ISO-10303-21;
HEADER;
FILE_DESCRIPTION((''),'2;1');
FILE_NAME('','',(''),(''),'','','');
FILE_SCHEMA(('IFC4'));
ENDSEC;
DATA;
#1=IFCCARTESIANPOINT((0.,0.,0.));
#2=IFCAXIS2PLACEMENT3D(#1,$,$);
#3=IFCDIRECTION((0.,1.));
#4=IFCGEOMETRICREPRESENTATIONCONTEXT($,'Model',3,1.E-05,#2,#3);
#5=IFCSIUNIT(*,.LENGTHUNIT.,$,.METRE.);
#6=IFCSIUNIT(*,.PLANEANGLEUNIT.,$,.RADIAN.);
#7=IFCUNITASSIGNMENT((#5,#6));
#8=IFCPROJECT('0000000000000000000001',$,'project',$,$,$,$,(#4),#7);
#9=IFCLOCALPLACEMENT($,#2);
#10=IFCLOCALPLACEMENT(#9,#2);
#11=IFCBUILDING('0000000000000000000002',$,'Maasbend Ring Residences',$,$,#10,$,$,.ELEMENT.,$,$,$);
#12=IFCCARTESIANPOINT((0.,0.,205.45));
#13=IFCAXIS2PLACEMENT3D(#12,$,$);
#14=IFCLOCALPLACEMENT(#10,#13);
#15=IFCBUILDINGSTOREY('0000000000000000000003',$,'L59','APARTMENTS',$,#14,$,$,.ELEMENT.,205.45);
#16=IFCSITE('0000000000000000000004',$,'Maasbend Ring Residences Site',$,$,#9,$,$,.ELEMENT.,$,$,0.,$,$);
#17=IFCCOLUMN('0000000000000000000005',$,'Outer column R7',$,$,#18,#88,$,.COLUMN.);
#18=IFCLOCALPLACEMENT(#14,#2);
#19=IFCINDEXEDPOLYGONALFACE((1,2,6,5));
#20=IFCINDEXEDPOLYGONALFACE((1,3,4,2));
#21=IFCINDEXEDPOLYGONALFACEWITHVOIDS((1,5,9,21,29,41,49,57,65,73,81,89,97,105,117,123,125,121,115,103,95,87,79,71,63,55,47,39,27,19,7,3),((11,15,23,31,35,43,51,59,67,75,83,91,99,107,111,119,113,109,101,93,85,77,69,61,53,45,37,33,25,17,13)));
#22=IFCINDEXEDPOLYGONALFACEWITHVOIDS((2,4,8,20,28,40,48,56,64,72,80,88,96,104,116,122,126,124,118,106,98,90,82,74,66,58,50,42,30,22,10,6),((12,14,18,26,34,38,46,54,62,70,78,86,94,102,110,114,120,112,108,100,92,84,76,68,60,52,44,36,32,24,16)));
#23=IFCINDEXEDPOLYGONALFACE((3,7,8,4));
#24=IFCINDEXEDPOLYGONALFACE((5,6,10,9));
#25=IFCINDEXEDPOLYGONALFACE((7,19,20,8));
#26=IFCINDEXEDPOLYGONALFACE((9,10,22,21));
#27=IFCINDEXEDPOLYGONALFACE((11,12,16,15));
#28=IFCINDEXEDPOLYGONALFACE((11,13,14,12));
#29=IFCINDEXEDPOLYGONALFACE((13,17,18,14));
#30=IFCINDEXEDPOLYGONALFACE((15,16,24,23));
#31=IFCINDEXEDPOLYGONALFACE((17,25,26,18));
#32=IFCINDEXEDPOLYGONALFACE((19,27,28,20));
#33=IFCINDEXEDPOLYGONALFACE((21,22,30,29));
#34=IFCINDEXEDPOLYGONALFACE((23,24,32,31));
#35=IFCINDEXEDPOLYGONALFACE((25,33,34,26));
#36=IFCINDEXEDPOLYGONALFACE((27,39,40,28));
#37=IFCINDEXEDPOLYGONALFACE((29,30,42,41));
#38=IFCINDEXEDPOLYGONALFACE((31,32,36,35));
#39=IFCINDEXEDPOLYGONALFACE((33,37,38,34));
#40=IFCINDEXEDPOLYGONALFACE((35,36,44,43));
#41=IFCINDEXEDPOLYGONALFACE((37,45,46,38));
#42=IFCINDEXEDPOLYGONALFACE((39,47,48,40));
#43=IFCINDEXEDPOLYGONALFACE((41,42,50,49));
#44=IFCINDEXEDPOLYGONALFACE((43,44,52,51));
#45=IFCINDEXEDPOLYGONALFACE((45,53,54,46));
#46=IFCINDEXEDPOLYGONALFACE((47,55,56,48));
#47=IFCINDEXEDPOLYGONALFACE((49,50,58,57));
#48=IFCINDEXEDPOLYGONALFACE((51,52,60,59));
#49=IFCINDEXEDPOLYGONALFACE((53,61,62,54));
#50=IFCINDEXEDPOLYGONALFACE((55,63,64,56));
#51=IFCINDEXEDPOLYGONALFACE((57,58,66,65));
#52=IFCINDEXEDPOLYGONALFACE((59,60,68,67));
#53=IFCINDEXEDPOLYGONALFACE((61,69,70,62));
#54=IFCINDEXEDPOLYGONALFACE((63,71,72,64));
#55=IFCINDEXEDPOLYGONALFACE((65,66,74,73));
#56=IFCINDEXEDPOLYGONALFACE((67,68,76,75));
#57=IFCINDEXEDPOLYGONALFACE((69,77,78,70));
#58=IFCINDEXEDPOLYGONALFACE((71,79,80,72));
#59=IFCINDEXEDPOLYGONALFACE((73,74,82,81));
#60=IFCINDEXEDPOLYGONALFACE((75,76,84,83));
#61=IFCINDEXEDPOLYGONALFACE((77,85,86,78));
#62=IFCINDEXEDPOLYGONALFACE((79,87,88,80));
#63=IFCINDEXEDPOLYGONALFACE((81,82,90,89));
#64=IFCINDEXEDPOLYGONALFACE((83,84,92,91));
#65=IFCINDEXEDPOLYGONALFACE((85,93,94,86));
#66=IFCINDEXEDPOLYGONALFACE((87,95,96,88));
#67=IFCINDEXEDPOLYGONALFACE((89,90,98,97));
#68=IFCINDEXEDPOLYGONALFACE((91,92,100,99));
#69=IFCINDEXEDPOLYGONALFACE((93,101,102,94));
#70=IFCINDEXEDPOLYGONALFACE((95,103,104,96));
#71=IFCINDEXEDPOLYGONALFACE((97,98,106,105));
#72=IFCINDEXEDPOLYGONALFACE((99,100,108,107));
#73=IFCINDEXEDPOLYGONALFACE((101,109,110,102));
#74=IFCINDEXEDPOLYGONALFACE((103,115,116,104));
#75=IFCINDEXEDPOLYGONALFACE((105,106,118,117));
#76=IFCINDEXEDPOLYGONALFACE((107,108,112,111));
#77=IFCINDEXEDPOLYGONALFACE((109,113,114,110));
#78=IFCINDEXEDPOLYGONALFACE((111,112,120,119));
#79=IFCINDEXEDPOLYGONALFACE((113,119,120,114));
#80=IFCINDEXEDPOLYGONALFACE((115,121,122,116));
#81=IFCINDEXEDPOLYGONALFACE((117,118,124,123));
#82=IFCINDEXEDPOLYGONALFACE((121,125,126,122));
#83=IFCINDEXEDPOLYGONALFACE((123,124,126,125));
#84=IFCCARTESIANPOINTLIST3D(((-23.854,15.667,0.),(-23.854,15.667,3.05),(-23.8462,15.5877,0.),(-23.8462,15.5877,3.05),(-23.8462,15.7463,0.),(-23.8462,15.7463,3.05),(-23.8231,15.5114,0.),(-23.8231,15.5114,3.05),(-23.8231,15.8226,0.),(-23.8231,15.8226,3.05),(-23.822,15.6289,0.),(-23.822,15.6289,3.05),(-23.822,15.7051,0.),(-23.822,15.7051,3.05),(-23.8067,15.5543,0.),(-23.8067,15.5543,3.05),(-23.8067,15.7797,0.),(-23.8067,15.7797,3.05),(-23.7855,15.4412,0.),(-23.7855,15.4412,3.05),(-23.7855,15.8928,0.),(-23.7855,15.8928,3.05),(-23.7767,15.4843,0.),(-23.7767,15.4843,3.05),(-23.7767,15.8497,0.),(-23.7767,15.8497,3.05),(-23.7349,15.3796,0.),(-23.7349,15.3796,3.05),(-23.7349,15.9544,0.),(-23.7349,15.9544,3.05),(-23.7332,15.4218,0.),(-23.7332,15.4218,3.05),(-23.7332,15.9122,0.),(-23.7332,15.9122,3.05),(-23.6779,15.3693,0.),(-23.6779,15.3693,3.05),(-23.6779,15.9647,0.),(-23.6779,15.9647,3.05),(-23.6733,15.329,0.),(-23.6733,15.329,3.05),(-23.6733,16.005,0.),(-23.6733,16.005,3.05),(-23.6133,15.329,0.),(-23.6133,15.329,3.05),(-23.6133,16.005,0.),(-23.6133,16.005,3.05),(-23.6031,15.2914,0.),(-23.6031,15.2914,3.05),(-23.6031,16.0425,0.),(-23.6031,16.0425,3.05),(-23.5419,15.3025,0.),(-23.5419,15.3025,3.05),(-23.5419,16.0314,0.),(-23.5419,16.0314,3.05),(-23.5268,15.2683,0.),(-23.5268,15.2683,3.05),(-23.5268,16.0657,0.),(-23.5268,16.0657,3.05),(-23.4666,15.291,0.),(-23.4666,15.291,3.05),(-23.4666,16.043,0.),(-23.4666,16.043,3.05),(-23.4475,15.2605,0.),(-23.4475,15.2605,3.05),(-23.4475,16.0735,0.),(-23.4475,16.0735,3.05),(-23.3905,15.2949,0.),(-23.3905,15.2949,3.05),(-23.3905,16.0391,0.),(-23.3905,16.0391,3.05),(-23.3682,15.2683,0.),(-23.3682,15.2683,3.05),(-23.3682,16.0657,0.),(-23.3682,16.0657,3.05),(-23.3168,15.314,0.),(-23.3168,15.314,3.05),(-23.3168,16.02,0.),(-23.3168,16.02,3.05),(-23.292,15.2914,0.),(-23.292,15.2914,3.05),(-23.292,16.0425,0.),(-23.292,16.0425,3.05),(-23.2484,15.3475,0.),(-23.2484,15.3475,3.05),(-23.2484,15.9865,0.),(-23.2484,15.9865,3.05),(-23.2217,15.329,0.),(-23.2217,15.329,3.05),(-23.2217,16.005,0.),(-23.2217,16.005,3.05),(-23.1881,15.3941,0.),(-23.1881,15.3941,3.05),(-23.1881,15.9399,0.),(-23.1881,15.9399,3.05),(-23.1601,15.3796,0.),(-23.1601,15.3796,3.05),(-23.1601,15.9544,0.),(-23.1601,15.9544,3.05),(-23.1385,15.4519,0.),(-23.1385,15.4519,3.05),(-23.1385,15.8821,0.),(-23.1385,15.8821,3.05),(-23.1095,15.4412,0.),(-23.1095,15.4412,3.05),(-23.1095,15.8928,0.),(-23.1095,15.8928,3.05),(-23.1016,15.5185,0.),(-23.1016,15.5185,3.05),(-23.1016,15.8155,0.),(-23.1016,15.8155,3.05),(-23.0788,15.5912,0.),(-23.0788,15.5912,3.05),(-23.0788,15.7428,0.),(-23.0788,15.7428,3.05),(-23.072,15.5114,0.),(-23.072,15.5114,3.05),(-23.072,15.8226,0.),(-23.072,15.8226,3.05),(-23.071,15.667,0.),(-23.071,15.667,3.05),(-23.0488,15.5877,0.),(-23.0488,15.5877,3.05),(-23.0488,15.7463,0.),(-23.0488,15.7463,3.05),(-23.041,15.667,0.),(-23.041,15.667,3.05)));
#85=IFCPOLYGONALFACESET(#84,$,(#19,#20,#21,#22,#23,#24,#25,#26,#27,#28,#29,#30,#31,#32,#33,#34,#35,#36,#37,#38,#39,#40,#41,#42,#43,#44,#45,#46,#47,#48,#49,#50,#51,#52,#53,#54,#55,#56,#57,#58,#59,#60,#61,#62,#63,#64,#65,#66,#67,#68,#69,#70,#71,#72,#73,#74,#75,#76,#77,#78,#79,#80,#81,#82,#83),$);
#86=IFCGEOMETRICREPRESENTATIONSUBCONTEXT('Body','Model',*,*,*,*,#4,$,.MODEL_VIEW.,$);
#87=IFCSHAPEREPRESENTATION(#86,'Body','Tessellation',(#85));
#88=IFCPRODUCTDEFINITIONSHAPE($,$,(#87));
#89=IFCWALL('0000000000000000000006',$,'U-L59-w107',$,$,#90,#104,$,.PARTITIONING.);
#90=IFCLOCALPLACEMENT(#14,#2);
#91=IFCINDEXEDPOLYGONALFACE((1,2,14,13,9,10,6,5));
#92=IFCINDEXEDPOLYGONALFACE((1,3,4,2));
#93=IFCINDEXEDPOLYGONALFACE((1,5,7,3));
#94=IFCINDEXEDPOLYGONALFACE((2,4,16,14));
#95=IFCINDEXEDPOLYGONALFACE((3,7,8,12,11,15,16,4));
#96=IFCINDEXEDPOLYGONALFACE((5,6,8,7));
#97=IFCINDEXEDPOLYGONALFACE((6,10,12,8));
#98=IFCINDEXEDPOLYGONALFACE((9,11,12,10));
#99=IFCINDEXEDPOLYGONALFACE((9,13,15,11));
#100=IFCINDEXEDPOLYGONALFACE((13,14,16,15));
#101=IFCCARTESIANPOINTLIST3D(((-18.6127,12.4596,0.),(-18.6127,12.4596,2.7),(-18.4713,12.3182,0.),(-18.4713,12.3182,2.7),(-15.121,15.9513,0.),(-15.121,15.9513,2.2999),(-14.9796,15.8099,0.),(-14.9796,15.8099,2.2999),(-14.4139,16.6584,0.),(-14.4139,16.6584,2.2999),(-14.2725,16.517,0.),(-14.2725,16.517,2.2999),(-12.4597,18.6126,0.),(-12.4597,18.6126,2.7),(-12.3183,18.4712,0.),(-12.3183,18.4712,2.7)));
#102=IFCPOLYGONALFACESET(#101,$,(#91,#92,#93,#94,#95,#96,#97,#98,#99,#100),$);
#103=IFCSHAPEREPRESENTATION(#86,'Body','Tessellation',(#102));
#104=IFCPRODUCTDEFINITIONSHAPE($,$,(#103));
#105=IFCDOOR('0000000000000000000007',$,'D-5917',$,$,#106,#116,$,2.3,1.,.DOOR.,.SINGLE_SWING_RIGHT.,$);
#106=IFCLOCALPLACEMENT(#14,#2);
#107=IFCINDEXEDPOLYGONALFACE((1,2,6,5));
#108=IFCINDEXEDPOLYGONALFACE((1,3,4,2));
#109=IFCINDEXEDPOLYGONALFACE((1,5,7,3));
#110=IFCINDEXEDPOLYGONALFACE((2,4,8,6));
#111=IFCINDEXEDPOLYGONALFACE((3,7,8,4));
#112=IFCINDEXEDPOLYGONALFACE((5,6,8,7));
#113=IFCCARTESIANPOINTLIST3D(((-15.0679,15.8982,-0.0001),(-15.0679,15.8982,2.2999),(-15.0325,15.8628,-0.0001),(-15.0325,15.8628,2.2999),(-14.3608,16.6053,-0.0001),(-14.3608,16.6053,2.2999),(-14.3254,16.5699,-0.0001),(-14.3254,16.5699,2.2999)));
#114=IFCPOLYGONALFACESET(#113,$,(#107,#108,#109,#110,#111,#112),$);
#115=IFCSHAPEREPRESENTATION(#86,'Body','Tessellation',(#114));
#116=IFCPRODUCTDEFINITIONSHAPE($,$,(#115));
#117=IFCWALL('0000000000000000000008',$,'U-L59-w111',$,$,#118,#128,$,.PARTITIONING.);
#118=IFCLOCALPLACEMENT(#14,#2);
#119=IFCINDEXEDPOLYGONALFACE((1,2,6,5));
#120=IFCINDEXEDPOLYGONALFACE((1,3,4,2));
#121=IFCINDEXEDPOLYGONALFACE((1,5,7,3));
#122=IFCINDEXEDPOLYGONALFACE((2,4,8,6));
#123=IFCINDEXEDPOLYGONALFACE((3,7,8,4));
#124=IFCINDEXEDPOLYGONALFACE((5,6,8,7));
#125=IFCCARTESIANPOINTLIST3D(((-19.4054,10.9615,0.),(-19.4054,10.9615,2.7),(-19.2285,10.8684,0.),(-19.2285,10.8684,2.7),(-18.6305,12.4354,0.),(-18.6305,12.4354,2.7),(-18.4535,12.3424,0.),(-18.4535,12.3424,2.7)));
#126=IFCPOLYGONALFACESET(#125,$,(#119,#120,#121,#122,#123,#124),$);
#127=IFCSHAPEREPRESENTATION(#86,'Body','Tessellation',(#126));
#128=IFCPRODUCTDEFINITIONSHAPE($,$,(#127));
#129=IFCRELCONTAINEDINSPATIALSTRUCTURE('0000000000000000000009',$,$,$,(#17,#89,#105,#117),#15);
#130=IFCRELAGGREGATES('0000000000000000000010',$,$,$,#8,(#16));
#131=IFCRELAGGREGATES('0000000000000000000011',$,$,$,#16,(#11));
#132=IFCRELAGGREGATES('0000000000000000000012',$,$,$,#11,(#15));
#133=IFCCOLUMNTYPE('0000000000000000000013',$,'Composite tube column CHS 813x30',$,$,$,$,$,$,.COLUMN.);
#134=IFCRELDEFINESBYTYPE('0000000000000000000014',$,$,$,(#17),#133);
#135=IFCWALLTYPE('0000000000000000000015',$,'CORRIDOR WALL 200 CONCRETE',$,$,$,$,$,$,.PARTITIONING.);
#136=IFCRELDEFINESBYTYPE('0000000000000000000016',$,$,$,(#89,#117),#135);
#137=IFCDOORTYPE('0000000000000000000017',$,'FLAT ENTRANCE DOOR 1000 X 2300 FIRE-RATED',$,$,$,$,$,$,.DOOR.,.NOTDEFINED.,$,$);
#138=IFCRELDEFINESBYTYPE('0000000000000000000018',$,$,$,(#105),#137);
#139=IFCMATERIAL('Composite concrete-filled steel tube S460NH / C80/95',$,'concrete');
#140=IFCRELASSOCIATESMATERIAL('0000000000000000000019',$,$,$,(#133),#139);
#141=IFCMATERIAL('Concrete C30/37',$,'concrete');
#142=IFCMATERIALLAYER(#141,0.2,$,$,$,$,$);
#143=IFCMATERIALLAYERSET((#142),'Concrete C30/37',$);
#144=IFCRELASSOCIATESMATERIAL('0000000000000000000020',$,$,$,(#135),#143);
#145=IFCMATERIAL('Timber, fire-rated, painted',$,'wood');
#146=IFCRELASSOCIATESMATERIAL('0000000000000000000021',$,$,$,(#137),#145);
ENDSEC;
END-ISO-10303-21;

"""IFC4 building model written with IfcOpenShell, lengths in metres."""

from ifc_helpers import new_model, si_unit, direction, frame, frame_2d, origin, origin_2d, place, context, subcontext, project, spatial, rectangle, hollow_circle, extrude, material, layer, layer_set, material_profile, profile_set, type_object, element, fill, save


model = new_model("IFC4")

# Units and contexts
model_context = context("Model", 3, precision=1e-05, world=origin(), true_north=direction((0.0, 1.0)))
body_context = subcontext(model_context, "Body", "Model", "MODEL_VIEW")
ifc_project = project(units=[si_unit("LENGTHUNIT", "METRE"), si_unit("PLANEANGLEUNIT", "RADIAN")], contexts=[model_context])

# Site, building, storey
site_placement = place(None, origin())
site = spatial("IfcSite", under=ifc_project, at=site_placement, Name="Maasbend Ring Residences Site", CompositionType="ELEMENT", RefElevation=0.0)
building_placement = place(site_placement, origin())
building = spatial("IfcBuilding", under=site, at=building_placement, Name="Maasbend Ring Residences", CompositionType="ELEMENT")
storey_placement = place(building_placement, frame((0.0, 0.0, 205.45)))
storey = spatial("IfcBuildingStorey", under=building, at=storey_placement, Name="L59", Description="APARTMENTS", CompositionType="ELEMENT", Elevation=205.45)

# Column
ifc_material_1 = material(Name="Composite concrete-filled steel tube S460NH / C80/95", Category="concrete")
ifc_material_profile = material_profile(ifc_material_1, hollow_circle(Radius=0.4065, WallThickness=0.03, at=origin_2d()), Name="Composite tube column CHS 813x30")
ifc_profile_set = profile_set([ifc_material_profile], Name="Composite concrete-filled steel tube S460NH / C80/95")
column_type = type_object("IfcColumnType", Name="Composite tube column CHS 813x30", PredefinedType="COLUMN", material=ifc_profile_set)
column_placement = place(storey_placement, frame((-23.4475, 15.667, 0.0), z_axis=(0.0, 0.0, 1.0), x_axis=(1.0, 0.0, 0.0)))
element("IfcColumn", 1, at=column_placement, inside=storey, type_object=column_type, Name="Outer column R7", PredefinedType="COLUMN", context=body_context, shape_type="SweptSolid", body=[
    extrude(hollow_circle(Radius=0.4065, WallThickness=0.03, at=origin_2d()), origin(), (0.0, 0.0, 1.0), 3.05),
])

# Wall, opening, door
ifc_material_2 = material(Name="Concrete C30/37", Category="concrete")
ifc_layer_1 = layer(ifc_material_2, 0.2)
ifc_layer_set_1 = layer_set([ifc_layer_1], Name="Concrete C30/37")
wall_type_1 = type_object("IfcWallType", Name="CORRIDOR WALL 200 CONCRETE", PredefinedType="PARTITIONING", material=ifc_layer_set_1)
wall_1_placement = place(storey_placement, frame((-18.542, 12.3889, 0.0), z_axis=(0.0, 0.0, 1.0), x_axis=(0.707107, 0.707107, 0.0)))
wall_1 = element("IfcWall", 2, at=wall_1_placement, inside=storey, type_object=wall_type_1, Name="U-L59-w107", PredefinedType="PARTITIONING", context=body_context, shape_type="SweptSolid", body=[
    extrude(rectangle(XDim=8.7017, YDim=0.2, at=frame_2d((4.3508, 0.0))), origin(), (0.0, 0.0, 1.0), 2.7),
])
opening_1_placement = place(wall_1_placement, frame((4.938, 0.0, 0.0)))
opening_1 = element("IfcOpeningElement", 3, at=opening_1_placement, cuts=wall_1, PredefinedType="OPENING", context=body_context, shape_type="SweptSolid", body=[
    extrude(rectangle(XDim=1.0, YDim=2.3, at=frame_2d((0.5, 1.1499))), frame((0.0, 0.1099, 0.0), z_axis=(0.0, -1.0, 0.0), x_axis=(1.0, 0.0, 0.0)), (0.0, 0.0, 1.0), 0.22),
])
ifc_material_3 = material(Name="Timber, fire-rated, painted", Category="wood")
door_type_1 = type_object("IfcDoorType", Name="FLAT ENTRANCE DOOR 1000 X 2300 FIRE-RATED", OperationType="NOTDEFINED", PredefinedType="DOOR", material=ifc_material_3)
door_1_placement = place(opening_1_placement, origin())
door_1 = element("IfcDoor", 4, at=door_1_placement, inside=storey, type_object=door_type_1, Name="D-5917", OperationType="SINGLE_SWING_RIGHT", OverallHeight=2.3, OverallWidth=1.0, PredefinedType="DOOR", context=body_context, shape_type="SweptSolid", body=[
    extrude(rectangle(XDim=1.0, YDim=2.3, at=frame_2d((0.5, 1.1499))), frame((0.0, 0.0249, 0.0), z_axis=(0.0, -1.0, 0.0), x_axis=(1.0, 0.0, 0.0)), (0.0, 0.0, 1.0), 0.05),
])
fill(opening_1, door_1)

# Wall
wall_2_placement = place(storey_placement, frame((-19.3169, 10.915, 0.0), z_axis=(0.0, 0.0, 1.0), x_axis=(0.46536, 0.885122, 0.0)))
element("IfcWall", 5, at=wall_2_placement, inside=storey, type_object=wall_type_1, Name="U-L59-w111", PredefinedType="PARTITIONING", context=body_context, shape_type="SweptSolid", body=[
    extrude(rectangle(XDim=1.6653, YDim=0.2, at=frame_2d((0.8325, 0.0))), origin(), (0.0, 0.0, 1.0), 2.7),
])

save(model, "model.ifc")
